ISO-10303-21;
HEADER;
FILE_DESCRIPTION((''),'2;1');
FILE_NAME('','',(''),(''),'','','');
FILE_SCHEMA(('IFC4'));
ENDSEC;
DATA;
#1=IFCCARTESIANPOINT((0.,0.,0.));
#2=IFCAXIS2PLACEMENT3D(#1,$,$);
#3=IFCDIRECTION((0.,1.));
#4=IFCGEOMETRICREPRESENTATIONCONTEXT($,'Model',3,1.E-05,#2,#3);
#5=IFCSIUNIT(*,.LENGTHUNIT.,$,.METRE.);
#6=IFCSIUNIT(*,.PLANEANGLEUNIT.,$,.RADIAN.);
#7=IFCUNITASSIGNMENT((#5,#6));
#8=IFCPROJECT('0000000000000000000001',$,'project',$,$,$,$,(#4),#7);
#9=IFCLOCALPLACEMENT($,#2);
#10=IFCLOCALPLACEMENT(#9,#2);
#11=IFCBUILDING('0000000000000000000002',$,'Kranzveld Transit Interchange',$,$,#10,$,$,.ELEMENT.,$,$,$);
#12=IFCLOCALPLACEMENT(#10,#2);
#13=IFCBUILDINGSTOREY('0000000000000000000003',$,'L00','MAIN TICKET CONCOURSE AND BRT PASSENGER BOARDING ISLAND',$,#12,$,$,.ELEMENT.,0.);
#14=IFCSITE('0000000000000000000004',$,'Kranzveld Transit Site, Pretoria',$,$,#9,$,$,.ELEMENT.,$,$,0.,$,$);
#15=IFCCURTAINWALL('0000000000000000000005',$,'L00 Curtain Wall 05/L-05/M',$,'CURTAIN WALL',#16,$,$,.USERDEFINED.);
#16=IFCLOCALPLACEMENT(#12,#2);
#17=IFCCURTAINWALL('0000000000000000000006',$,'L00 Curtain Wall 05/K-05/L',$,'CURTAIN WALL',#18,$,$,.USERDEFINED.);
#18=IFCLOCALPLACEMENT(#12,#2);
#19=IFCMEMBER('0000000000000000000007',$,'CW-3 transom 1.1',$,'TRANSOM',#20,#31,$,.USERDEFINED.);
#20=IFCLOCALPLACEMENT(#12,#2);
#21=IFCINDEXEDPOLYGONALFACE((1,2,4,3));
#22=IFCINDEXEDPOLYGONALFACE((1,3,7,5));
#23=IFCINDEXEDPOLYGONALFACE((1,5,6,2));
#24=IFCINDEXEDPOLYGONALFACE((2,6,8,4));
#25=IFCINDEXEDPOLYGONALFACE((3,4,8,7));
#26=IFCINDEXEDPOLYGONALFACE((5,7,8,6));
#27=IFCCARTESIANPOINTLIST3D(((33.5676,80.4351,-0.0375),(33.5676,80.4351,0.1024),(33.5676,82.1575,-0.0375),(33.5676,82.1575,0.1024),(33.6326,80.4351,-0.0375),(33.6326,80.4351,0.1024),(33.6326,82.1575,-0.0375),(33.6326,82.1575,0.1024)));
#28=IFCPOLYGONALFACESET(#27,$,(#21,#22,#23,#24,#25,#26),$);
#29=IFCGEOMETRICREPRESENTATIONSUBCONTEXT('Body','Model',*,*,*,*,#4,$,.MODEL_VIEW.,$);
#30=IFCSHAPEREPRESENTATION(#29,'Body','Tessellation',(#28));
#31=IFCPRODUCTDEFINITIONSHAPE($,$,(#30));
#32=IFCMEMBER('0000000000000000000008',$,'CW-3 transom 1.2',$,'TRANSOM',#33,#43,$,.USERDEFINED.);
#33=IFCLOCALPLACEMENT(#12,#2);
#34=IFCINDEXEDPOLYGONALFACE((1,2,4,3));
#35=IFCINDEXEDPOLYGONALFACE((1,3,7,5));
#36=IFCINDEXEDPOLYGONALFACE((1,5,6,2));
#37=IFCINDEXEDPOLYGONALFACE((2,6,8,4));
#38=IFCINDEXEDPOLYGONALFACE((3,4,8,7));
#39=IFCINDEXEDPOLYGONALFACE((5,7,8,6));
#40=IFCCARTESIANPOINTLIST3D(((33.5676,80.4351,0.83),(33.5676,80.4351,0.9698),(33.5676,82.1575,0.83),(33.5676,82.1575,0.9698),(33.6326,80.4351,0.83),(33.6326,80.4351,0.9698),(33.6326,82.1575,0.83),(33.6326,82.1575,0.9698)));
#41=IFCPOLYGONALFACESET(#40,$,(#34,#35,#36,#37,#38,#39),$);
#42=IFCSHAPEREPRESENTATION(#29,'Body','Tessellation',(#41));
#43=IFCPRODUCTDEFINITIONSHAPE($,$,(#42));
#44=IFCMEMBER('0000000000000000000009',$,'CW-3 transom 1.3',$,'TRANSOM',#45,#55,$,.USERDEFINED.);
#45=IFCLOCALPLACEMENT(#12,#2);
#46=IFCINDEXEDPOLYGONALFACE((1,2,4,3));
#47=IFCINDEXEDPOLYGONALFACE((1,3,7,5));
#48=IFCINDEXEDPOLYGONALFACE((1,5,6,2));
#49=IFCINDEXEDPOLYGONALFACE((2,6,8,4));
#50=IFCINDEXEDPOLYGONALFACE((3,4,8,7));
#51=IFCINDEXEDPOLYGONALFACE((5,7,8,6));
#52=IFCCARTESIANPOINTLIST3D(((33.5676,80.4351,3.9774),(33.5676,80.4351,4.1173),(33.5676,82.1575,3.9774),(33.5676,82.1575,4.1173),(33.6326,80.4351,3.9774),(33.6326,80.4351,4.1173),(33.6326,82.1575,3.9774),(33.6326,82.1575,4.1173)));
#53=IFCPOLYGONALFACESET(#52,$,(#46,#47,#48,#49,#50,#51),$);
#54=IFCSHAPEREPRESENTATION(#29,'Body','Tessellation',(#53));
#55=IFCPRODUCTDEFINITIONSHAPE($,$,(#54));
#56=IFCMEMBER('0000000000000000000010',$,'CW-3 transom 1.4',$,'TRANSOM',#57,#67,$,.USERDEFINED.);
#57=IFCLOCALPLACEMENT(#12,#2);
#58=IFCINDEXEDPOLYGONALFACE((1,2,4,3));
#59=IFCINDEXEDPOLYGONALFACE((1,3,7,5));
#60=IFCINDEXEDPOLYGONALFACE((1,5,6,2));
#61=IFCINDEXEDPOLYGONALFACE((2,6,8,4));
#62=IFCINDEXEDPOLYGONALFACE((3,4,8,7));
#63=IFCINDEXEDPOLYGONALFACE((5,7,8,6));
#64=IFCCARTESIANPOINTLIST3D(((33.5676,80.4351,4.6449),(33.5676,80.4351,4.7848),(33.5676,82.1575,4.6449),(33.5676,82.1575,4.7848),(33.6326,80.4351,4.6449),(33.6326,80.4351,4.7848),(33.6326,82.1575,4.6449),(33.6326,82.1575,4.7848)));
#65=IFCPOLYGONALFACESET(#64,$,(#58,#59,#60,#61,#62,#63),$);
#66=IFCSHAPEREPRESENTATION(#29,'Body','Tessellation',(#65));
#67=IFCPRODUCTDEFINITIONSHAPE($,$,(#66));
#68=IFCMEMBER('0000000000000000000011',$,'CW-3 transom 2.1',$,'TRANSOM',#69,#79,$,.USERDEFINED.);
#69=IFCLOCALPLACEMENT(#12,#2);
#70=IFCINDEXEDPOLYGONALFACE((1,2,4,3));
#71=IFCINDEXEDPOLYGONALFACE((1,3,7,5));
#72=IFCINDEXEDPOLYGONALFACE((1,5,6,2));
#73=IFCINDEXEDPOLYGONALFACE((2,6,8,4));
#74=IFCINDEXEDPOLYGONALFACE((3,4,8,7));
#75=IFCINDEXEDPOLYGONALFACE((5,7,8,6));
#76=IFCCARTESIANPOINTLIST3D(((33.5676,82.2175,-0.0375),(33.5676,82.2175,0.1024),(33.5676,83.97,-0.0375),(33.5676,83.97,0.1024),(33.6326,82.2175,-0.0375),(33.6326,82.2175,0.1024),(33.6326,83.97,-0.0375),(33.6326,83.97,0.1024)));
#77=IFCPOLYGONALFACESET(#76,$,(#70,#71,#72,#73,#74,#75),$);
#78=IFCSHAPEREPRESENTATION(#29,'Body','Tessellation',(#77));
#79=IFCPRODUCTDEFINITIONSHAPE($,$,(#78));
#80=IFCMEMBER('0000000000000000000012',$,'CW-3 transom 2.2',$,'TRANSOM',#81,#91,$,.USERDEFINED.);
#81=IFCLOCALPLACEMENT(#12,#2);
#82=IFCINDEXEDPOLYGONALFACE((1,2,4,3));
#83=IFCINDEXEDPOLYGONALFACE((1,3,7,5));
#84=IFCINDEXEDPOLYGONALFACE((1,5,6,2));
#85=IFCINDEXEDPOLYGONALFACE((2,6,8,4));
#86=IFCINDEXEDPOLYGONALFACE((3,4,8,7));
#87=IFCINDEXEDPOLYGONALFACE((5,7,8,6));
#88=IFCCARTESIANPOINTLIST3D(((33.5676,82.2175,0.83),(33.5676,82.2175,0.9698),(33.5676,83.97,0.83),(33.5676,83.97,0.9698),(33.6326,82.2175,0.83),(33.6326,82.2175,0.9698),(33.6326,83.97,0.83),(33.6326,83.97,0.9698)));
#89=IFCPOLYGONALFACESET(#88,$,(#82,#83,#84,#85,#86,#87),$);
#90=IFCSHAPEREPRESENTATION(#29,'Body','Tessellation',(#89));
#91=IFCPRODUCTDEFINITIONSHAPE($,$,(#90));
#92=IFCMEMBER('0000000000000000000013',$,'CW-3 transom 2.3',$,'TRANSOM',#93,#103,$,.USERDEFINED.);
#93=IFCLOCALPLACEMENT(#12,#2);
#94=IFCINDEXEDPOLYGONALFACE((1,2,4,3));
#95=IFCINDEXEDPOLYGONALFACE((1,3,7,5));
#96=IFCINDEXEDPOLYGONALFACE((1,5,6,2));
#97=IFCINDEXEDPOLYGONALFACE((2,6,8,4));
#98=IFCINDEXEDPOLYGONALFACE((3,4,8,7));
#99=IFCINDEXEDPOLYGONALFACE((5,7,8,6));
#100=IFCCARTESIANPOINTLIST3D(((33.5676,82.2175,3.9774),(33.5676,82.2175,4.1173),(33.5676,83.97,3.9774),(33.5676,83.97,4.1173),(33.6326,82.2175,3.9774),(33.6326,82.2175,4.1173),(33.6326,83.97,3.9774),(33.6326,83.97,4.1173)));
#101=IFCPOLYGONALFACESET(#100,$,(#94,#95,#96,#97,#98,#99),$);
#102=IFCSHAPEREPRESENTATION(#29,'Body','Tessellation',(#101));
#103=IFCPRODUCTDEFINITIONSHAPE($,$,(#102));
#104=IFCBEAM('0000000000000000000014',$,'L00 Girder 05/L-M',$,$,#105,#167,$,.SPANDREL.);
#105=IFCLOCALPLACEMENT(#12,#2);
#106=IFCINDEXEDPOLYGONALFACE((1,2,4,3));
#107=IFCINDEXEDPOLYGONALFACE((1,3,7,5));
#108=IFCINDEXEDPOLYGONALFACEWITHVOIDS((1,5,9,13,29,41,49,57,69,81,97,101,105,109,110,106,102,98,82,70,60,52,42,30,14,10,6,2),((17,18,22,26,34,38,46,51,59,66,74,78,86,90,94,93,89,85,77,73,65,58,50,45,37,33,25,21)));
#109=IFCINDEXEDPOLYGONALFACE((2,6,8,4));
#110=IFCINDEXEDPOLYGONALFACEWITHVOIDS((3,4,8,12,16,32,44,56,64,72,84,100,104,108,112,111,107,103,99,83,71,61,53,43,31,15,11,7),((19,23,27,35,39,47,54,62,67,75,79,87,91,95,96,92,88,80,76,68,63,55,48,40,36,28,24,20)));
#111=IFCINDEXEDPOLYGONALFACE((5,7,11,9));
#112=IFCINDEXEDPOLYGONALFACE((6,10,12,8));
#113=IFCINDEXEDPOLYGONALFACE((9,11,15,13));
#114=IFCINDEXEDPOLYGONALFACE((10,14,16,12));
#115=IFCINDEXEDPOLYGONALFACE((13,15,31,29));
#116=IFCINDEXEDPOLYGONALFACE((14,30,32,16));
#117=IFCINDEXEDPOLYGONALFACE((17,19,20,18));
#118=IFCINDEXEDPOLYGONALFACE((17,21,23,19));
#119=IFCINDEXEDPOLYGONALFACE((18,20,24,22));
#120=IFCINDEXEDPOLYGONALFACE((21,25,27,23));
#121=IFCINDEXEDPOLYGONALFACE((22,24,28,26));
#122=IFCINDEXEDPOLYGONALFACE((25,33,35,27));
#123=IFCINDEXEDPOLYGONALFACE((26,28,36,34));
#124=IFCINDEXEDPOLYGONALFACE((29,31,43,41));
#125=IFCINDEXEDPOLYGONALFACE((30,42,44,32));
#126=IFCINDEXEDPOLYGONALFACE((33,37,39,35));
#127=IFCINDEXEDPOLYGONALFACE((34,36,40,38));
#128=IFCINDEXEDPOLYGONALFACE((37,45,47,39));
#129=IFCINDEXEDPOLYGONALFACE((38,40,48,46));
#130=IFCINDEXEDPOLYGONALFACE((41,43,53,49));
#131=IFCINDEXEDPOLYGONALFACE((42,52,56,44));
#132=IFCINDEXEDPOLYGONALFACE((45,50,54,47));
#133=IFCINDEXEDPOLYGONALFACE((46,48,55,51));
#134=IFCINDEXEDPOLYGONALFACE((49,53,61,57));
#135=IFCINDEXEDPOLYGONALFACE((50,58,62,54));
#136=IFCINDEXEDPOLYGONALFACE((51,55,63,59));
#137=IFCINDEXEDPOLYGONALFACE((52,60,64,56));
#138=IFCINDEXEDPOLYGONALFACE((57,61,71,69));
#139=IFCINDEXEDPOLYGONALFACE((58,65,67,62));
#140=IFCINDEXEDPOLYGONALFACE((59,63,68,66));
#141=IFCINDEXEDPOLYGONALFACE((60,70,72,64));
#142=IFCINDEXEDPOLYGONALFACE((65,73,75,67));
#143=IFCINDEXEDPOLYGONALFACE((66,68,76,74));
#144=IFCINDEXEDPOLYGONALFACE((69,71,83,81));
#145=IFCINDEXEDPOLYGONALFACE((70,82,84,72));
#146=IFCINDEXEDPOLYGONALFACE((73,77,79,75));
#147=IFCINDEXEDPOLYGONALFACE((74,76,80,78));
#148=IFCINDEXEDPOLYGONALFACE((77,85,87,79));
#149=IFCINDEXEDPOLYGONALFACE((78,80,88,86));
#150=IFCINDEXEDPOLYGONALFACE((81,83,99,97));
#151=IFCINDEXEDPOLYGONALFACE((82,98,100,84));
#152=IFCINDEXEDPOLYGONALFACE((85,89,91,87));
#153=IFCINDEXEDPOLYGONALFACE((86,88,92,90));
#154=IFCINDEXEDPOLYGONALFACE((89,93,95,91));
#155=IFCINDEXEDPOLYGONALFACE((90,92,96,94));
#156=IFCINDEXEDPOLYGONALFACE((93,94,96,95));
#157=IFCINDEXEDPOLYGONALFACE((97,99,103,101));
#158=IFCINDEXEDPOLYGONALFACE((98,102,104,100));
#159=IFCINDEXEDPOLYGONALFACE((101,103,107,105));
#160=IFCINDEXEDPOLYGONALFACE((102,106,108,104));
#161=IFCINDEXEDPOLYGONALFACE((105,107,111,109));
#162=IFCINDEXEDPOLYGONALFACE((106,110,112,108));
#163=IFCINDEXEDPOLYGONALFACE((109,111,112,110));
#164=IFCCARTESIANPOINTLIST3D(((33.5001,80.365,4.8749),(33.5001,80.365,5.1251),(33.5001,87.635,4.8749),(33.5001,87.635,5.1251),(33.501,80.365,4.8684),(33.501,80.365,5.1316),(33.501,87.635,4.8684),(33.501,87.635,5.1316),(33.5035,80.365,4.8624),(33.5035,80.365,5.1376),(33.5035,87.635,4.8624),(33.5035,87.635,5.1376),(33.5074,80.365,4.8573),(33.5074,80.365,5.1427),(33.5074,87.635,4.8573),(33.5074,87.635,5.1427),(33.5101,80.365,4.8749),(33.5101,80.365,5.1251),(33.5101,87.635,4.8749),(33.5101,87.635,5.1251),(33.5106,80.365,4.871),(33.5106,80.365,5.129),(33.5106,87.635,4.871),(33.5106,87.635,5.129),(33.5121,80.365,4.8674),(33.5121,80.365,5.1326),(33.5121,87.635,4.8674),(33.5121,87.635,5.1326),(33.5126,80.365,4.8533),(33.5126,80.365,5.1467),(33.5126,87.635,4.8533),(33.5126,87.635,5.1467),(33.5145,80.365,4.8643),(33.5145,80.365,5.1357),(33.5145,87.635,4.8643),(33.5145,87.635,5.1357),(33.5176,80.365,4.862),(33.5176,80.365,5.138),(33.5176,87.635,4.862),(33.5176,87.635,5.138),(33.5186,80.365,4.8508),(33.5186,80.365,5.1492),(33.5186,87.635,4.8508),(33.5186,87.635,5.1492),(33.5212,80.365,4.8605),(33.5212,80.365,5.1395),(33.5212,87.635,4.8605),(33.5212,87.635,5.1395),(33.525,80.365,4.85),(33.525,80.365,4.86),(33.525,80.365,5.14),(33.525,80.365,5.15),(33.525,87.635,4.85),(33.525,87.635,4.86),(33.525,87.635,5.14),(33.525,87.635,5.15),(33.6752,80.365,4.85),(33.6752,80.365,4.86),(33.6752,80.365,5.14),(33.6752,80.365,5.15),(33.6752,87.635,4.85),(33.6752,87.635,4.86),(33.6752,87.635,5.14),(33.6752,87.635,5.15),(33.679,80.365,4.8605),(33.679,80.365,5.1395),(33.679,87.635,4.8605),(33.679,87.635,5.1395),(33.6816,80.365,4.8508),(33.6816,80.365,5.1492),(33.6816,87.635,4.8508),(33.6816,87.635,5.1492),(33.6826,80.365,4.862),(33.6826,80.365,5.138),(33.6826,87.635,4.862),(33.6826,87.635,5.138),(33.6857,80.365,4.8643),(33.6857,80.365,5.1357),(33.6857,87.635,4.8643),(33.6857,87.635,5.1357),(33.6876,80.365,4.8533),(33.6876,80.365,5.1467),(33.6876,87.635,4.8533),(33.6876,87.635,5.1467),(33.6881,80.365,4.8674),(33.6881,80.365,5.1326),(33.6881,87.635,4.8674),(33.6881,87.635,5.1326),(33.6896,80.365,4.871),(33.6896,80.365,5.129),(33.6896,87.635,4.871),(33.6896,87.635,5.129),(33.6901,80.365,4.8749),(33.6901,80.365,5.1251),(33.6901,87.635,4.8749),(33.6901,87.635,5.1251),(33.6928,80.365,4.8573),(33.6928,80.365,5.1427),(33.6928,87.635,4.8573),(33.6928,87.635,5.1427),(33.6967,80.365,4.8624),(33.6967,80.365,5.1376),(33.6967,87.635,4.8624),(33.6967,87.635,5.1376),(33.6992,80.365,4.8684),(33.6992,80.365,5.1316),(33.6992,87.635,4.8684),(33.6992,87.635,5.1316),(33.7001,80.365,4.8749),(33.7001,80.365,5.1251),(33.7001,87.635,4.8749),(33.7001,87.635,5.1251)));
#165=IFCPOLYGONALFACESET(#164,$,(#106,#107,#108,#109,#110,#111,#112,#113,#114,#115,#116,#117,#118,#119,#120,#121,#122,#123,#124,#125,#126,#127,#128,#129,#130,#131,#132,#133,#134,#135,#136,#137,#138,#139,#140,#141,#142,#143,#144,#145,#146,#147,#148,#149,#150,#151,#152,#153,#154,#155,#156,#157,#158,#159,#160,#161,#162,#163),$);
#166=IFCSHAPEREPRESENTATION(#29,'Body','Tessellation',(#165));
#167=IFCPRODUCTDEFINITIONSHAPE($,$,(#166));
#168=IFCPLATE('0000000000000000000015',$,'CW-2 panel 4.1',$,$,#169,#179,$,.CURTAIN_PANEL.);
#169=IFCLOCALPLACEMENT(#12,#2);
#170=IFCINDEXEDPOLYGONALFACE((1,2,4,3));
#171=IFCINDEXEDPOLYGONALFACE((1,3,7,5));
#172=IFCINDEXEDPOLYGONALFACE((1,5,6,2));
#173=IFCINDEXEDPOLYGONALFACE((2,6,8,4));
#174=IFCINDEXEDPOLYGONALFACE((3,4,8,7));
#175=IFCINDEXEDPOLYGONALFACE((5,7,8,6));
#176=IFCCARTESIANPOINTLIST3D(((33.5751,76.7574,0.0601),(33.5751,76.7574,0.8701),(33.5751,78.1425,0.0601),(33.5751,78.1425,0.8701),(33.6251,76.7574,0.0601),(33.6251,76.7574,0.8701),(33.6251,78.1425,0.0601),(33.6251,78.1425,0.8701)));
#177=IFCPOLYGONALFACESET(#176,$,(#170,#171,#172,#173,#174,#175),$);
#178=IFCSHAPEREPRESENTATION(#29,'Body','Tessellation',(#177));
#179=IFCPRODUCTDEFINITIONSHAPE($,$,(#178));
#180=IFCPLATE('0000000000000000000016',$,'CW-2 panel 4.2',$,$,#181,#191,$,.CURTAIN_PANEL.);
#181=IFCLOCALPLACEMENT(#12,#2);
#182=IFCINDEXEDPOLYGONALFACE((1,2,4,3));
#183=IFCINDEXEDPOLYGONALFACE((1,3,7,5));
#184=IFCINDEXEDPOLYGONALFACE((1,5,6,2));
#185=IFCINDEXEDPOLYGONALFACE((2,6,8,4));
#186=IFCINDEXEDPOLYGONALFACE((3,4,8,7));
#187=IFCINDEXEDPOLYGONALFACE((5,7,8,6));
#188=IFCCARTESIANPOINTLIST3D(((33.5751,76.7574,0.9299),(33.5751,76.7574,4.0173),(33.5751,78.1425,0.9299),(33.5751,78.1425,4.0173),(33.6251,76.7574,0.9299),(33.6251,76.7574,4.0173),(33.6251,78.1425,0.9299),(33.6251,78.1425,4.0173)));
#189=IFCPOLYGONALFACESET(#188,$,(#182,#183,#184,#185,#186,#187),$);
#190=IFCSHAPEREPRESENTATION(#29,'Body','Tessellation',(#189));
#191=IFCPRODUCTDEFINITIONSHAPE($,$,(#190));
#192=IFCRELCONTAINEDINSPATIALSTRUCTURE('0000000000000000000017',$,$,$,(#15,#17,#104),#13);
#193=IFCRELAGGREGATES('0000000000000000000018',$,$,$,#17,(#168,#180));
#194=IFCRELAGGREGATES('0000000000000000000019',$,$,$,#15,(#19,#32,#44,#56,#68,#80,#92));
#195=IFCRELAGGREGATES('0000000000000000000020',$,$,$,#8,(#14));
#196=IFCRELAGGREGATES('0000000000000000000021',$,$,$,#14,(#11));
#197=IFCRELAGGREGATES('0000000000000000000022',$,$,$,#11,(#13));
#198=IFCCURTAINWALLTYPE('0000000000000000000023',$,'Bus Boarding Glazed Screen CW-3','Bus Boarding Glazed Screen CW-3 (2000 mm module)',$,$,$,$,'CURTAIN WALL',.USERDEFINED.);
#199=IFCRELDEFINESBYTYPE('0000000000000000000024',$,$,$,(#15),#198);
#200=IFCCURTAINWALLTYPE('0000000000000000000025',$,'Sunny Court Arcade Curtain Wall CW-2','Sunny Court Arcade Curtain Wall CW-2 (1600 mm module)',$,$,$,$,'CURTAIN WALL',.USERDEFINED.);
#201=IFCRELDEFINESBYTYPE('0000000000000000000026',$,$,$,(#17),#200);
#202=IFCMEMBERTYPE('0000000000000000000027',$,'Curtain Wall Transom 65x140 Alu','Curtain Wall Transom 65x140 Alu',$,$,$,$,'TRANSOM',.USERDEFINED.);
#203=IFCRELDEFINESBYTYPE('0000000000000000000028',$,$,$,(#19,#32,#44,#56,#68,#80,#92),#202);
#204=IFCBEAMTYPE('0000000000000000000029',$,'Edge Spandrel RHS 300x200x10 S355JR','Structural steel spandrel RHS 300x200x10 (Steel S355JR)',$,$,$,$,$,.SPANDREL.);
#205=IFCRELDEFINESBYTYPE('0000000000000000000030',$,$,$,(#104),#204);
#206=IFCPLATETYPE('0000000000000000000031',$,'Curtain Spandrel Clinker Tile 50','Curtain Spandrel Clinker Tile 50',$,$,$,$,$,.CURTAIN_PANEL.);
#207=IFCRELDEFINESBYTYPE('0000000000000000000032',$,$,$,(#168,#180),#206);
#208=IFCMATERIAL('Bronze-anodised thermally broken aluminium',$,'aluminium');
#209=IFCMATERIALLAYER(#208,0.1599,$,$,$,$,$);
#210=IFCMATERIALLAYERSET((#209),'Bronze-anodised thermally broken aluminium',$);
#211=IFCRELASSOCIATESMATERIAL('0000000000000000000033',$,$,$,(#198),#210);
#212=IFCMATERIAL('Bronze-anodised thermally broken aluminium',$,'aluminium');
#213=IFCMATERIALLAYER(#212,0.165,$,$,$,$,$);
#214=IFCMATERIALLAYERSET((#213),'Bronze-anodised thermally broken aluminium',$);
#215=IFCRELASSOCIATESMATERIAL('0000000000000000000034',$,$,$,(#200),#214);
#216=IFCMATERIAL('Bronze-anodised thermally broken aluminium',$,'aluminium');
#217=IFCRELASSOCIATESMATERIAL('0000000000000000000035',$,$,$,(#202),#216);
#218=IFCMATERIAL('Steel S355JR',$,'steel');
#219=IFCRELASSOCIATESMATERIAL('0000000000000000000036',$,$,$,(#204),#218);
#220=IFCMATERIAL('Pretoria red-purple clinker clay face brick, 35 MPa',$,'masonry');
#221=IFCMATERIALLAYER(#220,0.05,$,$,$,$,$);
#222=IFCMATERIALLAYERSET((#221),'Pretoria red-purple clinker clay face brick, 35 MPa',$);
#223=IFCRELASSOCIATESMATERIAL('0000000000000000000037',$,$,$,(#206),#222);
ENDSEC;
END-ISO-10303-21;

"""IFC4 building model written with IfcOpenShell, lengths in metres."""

from ifc_helpers import new_model, si_unit, direction, frame, origin, origin_2d, place, context, subcontext, project, spatial, rectangle, hollow_rectangle, extrude, material, layer, layer_set, material_profile, profile_set, type_object, element, aggregate, save


model = new_model("IFC4")

# Units and contexts
model_context = context("Model", 3, precision=1e-05, world=origin(), true_north=direction((0.0, 1.0)))
body_context = subcontext(model_context, "Body", "Model", "MODEL_VIEW")
ifc_project = project(units=[si_unit("LENGTHUNIT", "METRE"), si_unit("PLANEANGLEUNIT", "RADIAN")], contexts=[model_context])

# Site, building, storey
site_placement = place(None, origin())
site = spatial("IfcSite", under=ifc_project, at=site_placement, Name="Kranzveld Transit Site, Pretoria", CompositionType="ELEMENT", RefElevation=0.0)
building_placement = place(site_placement, origin())
building = spatial("IfcBuilding", under=site, at=building_placement, Name="Kranzveld Transit Interchange", CompositionType="ELEMENT")
storey_placement = place(building_placement, origin())
storey = spatial("IfcBuildingStorey", under=building, at=storey_placement, Name="L00", Description="MAIN TICKET CONCOURSE AND BRT PASSENGER BOARDING ISLAND", CompositionType="ELEMENT", Elevation=0.0)

# Curtain walls
ifc_material_1 = material(Name="Bronze-anodised thermally broken aluminium", Category="aluminium")
ifc_layer_1 = layer(ifc_material_1, 0.1599)
ifc_layer_set_1 = layer_set([ifc_layer_1], Name="Bronze-anodised thermally broken aluminium")
curtain_wall_type_1 = type_object("IfcCurtainWallType", Name="Bus Boarding Glazed Screen CW-3", Description="Bus Boarding Glazed Screen CW-3 (2000 mm module)", ElementType="CURTAIN WALL", PredefinedType="USERDEFINED", material=ifc_layer_set_1)
curtain_wall_1_placement = place(storey_placement, origin())
curtain_wall_1 = element("IfcCurtainWall", 1, at=curtain_wall_1_placement, inside=storey, type_object=curtain_wall_type_1, Name="L00 Curtain Wall 05/L-05/M", ObjectType="CURTAIN WALL", PredefinedType="USERDEFINED")
ifc_material_2 = material(Name="Bronze-anodised thermally broken aluminium", Category="aluminium")
ifc_layer_2 = layer(ifc_material_2, 0.165)
ifc_layer_set_2 = layer_set([ifc_layer_2], Name="Bronze-anodised thermally broken aluminium")
curtain_wall_type_2 = type_object("IfcCurtainWallType", Name="Sunny Court Arcade Curtain Wall CW-2", Description="Sunny Court Arcade Curtain Wall CW-2 (1600 mm module)", ElementType="CURTAIN WALL", PredefinedType="USERDEFINED", material=ifc_layer_set_2)
curtain_wall_2_placement = place(storey_placement, origin())
curtain_wall_2 = element("IfcCurtainWall", 2, at=curtain_wall_2_placement, inside=storey, type_object=curtain_wall_type_2, Name="L00 Curtain Wall 05/K-05/L", ObjectType="CURTAIN WALL", PredefinedType="USERDEFINED")

# Members
ifc_material_3 = material(Name="Bronze-anodised thermally broken aluminium", Category="aluminium")
ifc_material_profile_1 = material_profile(ifc_material_3, rectangle(XDim=0.0649, YDim=0.1399, at=origin_2d()), Name="ALU TRANSOM 65x140")
ifc_profile_set_1 = profile_set([ifc_material_profile_1], Name="Bronze-anodised thermally broken aluminium")
member_type_1 = type_object("IfcMemberType", Name="Curtain Wall Transom 65x140 Alu", Description="Curtain Wall Transom 65x140 Alu", ElementType="TRANSOM", PredefinedType="USERDEFINED", material=ifc_profile_set_1)
member_1_placement = place(storey_placement, frame((33.6001, 80.4351, 0.0325), z_axis=(0.0, 1.0, 0.0), x_axis=(-1.0, 0.0, 0.0)))
member_1 = element("IfcMember", 3, at=member_1_placement, type_object=member_type_1, Name="CW-3 transom 1.1", ObjectType="TRANSOM", PredefinedType="USERDEFINED", context=body_context, shape_type="SweptSolid", body=[
    extrude(rectangle(XDim=0.0649, YDim=0.1399, at=origin_2d()), origin(), (0.0, 0.0, 1.0), 1.7224),
])
member_2_placement = place(storey_placement, frame((33.6001, 80.4351, 0.8999), z_axis=(0.0, 1.0, 0.0), x_axis=(-1.0, 0.0, 0.0)))
member_2 = element("IfcMember", 4, at=member_2_placement, type_object=member_type_1, Name="CW-3 transom 1.2", ObjectType="TRANSOM", PredefinedType="USERDEFINED", context=body_context, shape_type="SweptSolid", body=[
    extrude(rectangle(XDim=0.0649, YDim=0.1399, at=origin_2d()), origin(), (0.0, 0.0, 1.0), 1.7224),
])
member_3_placement = place(storey_placement, frame((33.6001, 80.4351, 4.0474), z_axis=(0.0, 1.0, 0.0), x_axis=(-1.0, 0.0, 0.0)))
member_3 = element("IfcMember", 5, at=member_3_placement, type_object=member_type_1, Name="CW-3 transom 1.3", ObjectType="TRANSOM", PredefinedType="USERDEFINED", context=body_context, shape_type="SweptSolid", body=[
    extrude(rectangle(XDim=0.0649, YDim=0.1399, at=origin_2d()), origin(), (0.0, 0.0, 1.0), 1.7224),
])
member_4_placement = place(storey_placement, frame((33.6001, 80.4351, 4.7148), z_axis=(0.0, 1.0, 0.0), x_axis=(-1.0, 0.0, 0.0)))
member_4 = element("IfcMember", 6, at=member_4_placement, type_object=member_type_1, Name="CW-3 transom 1.4", ObjectType="TRANSOM", PredefinedType="USERDEFINED", context=body_context, shape_type="SweptSolid", body=[
    extrude(rectangle(XDim=0.0649, YDim=0.1399, at=origin_2d()), origin(), (0.0, 0.0, 1.0), 1.7224),
])
member_5_placement = place(storey_placement, frame((33.6001, 82.2175, 0.0325), z_axis=(0.0, 1.0, 0.0), x_axis=(-1.0, 0.0, 0.0)))
member_5 = element("IfcMember", 7, at=member_5_placement, type_object=member_type_1, Name="CW-3 transom 2.1", ObjectType="TRANSOM", PredefinedType="USERDEFINED", context=body_context, shape_type="SweptSolid", body=[
    extrude(rectangle(XDim=0.0649, YDim=0.1399, at=origin_2d()), origin(), (0.0, 0.0, 1.0), 1.7524),
])
member_6_placement = place(storey_placement, frame((33.6001, 82.2175, 0.8999), z_axis=(0.0, 1.0, 0.0), x_axis=(-1.0, 0.0, 0.0)))
member_6 = element("IfcMember", 8, at=member_6_placement, type_object=member_type_1, Name="CW-3 transom 2.2", ObjectType="TRANSOM", PredefinedType="USERDEFINED", context=body_context, shape_type="SweptSolid", body=[
    extrude(rectangle(XDim=0.0649, YDim=0.1399, at=origin_2d()), origin(), (0.0, 0.0, 1.0), 1.7524),
])
member_7_placement = place(storey_placement, frame((33.6001, 82.2175, 4.0474), z_axis=(0.0, 1.0, 0.0), x_axis=(-1.0, 0.0, 0.0)))
member_7 = element("IfcMember", 9, at=member_7_placement, type_object=member_type_1, Name="CW-3 transom 2.3", ObjectType="TRANSOM", PredefinedType="USERDEFINED", context=body_context, shape_type="SweptSolid", body=[
    extrude(rectangle(XDim=0.0649, YDim=0.1399, at=origin_2d()), origin(), (0.0, 0.0, 1.0), 1.7524),
])

# Beam
ifc_material_4 = material(Name="Steel S355JR", Category="steel")
ifc_material_profile_2 = material_profile(ifc_material_4, hollow_rectangle(XDim=0.2, YDim=0.3, WallThickness=0.01, InnerFilletRadius=0.0149, OuterFilletRadius=0.0249, at=origin_2d()), Name="RHS 300x200x10")
ifc_profile_set_2 = profile_set([ifc_material_profile_2], Name="Steel S355JR")
beam_type = type_object("IfcBeamType", Name="Edge Spandrel RHS 300x200x10 S355JR", Description="Structural steel spandrel RHS 300x200x10 (Steel S355JR)", PredefinedType="SPANDREL", material=ifc_profile_set_2)
beam_placement = place(storey_placement, frame((33.6001, 80.365, 5.0), z_axis=(0.0, 1.0, 0.0), x_axis=(-1.0, 0.0, 0.0)))
element("IfcBeam", 10, at=beam_placement, inside=storey, type_object=beam_type, Name="L00 Girder 05/L-M", PredefinedType="SPANDREL", context=body_context, shape_type="SweptSolid", body=[
    extrude(hollow_rectangle(XDim=0.2, YDim=0.3, WallThickness=0.01, InnerFilletRadius=0.0149, OuterFilletRadius=0.0249, at=origin_2d()), origin(), (0.0, 0.0, 1.0), 7.27),
])

# Plates
ifc_material_5 = material(Name="Pretoria red-purple clinker clay face brick, 35 MPa", Category="masonry")
ifc_layer_3 = layer(ifc_material_5, 0.05)
ifc_layer_set_3 = layer_set([ifc_layer_3], Name="Pretoria red-purple clinker clay face brick, 35 MPa")
plate_type_1 = type_object("IfcPlateType", Name="Curtain Spandrel Clinker Tile 50", Description="Curtain Spandrel Clinker Tile 50", PredefinedType="CURTAIN_PANEL", material=ifc_layer_set_3)
plate_1_placement = place(storey_placement, frame((33.6001, 77.45, 0.0601), z_axis=(0.0, 0.0, 1.0), x_axis=(0.0, 1.0, 0.0)))
plate_1 = element("IfcPlate", 11, at=plate_1_placement, type_object=plate_type_1, Name="CW-2 panel 4.1", PredefinedType="CURTAIN_PANEL", context=body_context, shape_type="SweptSolid", body=[
    extrude(rectangle(XDim=1.385, YDim=0.05, at=origin_2d()), origin(), (0.0, 0.0, 1.0), 0.8101),
])
plate_2_placement = place(storey_placement, frame((33.6001, 77.45, 0.9299), z_axis=(0.0, 0.0, 1.0), x_axis=(0.0, 1.0, 0.0)))
plate_2 = element("IfcPlate", 12, at=plate_2_placement, type_object=plate_type_1, Name="CW-2 panel 4.2", PredefinedType="CURTAIN_PANEL", context=body_context, shape_type="SweptSolid", body=[
    extrude(rectangle(XDim=1.385, YDim=0.05, at=origin_2d()), origin(), (0.0, 0.0, 1.0), 3.0874),
])
aggregate(curtain_wall_2, [plate_1, plate_2])
aggregate(curtain_wall_1, [member_1, member_2, member_3, member_4, member_5, member_6, member_7])

save(model, "model.ifc")
